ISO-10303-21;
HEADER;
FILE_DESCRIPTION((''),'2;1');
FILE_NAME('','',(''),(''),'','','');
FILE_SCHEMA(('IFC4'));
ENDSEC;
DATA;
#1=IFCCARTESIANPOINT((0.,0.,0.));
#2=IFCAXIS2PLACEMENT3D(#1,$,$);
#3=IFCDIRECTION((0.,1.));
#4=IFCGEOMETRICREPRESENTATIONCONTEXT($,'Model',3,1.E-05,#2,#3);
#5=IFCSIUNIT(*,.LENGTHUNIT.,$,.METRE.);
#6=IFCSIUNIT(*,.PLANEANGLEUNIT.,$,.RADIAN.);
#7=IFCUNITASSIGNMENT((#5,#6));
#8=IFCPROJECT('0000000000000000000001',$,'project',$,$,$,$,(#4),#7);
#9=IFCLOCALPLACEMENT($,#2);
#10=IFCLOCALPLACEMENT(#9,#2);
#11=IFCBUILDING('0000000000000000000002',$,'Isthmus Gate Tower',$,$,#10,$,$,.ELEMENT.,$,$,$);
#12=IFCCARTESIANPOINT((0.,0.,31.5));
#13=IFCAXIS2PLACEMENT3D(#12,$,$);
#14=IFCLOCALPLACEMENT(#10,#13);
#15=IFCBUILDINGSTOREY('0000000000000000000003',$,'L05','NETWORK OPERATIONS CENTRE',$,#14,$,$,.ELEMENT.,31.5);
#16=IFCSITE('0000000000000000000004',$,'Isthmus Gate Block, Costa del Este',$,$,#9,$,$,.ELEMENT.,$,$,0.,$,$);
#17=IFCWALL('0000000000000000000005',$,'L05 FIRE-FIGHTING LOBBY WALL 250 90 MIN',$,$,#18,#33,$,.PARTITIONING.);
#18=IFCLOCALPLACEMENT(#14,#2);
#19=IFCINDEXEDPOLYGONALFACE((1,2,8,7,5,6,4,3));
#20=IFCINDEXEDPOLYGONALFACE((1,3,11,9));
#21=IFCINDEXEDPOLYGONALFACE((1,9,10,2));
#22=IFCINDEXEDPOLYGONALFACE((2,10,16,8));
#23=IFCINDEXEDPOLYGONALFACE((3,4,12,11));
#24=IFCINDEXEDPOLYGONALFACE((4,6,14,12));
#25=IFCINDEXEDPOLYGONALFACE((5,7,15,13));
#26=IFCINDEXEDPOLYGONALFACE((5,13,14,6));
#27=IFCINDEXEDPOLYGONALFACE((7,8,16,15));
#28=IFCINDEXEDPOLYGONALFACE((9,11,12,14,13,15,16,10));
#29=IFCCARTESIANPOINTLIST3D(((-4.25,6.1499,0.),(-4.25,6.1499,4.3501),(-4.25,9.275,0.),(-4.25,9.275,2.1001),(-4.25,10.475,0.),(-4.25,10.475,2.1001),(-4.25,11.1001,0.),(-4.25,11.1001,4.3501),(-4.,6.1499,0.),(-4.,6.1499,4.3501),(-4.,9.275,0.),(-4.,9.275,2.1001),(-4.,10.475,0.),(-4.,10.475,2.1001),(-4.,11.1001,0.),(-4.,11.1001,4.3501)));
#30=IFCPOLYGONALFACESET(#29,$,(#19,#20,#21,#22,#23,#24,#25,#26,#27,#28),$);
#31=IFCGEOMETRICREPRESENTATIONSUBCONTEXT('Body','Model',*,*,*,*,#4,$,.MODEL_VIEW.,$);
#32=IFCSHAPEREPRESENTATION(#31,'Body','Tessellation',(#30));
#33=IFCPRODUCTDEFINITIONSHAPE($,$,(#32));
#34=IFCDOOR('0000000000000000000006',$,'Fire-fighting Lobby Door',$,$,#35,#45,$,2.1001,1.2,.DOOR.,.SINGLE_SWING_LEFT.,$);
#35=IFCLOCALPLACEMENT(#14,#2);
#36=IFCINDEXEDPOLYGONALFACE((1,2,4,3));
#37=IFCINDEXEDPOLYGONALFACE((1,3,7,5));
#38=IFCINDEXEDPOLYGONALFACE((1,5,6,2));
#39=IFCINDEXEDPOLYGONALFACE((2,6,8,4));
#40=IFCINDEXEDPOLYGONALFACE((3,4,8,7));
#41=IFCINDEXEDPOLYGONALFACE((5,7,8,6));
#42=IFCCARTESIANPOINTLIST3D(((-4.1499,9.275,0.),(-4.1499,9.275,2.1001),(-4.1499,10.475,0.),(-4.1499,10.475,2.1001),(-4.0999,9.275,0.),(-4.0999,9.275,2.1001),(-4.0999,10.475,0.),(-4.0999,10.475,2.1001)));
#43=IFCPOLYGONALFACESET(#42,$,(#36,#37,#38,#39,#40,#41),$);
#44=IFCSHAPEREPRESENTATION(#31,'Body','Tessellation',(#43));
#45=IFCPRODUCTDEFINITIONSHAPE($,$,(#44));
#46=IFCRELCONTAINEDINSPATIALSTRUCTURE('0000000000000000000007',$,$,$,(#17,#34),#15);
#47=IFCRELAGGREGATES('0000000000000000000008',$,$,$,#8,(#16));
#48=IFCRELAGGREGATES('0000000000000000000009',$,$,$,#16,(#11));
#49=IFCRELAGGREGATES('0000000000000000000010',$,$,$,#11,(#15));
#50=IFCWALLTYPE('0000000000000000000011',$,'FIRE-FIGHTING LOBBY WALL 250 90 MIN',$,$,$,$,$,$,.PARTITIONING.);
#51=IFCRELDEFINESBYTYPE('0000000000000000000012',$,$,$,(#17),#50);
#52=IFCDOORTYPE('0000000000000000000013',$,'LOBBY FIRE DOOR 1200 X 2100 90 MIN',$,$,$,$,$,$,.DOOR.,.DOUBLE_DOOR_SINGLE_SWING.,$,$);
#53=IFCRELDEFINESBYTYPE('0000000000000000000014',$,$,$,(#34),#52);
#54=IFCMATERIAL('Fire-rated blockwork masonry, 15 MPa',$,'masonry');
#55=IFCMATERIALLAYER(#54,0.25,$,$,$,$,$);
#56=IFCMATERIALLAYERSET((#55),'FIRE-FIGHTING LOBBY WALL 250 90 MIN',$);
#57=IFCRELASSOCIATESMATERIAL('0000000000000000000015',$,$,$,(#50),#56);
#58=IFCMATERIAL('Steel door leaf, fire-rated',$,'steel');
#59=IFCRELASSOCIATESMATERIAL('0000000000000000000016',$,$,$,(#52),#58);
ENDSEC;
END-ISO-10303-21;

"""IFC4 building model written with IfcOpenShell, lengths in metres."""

from ifc_helpers import new_model, si_unit, direction, frame, frame_2d, origin, place, context, subcontext, project, spatial, rectangle, extrude, material, layer, layer_set, type_object, element, fill, save


model = new_model("IFC4")

# Units and contexts
model_context = context("Model", 3, precision=1e-05, world=origin(), true_north=direction((0.0, 1.0)))
body_context = subcontext(model_context, "Body", "Model", "MODEL_VIEW")
ifc_project = project(units=[si_unit("LENGTHUNIT", "METRE"), si_unit("PLANEANGLEUNIT", "RADIAN")], contexts=[model_context])

# Site, building, storey
site_placement = place(None, origin())
site = spatial("IfcSite", under=ifc_project, at=site_placement, Name="Isthmus Gate Block, Costa del Este", CompositionType="ELEMENT", RefElevation=0.0)
building_placement = place(site_placement, origin())
building = spatial("IfcBuilding", under=site, at=building_placement, Name="Isthmus Gate Tower", CompositionType="ELEMENT")
storey_placement = place(building_placement, frame((0.0, 0.0, 31.5)))
storey = spatial("IfcBuildingStorey", under=building, at=storey_placement, Name="L05", Description="NETWORK OPERATIONS CENTRE", CompositionType="ELEMENT", Elevation=31.5)

# Wall, opening, door
ifc_material_1 = material(Name="Fire-rated blockwork masonry, 15 MPa", Category="masonry")
ifc_layer_1 = layer(ifc_material_1, 0.25)
ifc_layer_set_1 = layer_set([ifc_layer_1], Name="FIRE-FIGHTING LOBBY WALL 250 90 MIN")
wall_type_1 = type_object("IfcWallType", Name="FIRE-FIGHTING LOBBY WALL 250 90 MIN", PredefinedType="PARTITIONING", material=ifc_layer_set_1)
wall_1_placement = place(storey_placement, frame((-4.125, 6.1499, 0.0), z_axis=(0.0, 0.0, 1.0), x_axis=(0.0, 1.0, 0.0)))
wall_1 = element("IfcWall", 1, at=wall_1_placement, inside=storey, type_object=wall_type_1, Name="L05 FIRE-FIGHTING LOBBY WALL 250 90 MIN", PredefinedType="PARTITIONING", context=body_context, shape_type="SweptSolid", body=[
    extrude(rectangle(XDim=4.9502, YDim=0.25, at=frame_2d((2.4751, 0.0))), origin(), (0.0, 0.0, 1.0), 4.3501),
])
opening_1_placement = place(wall_1_placement, frame((3.125, 0.0, 0.0)))
opening_1 = element("IfcOpeningElement", 2, at=opening_1_placement, cuts=wall_1, PredefinedType="OPENING", context=body_context, shape_type="SweptSolid", body=[
    extrude(rectangle(XDim=1.2, YDim=2.1001, at=frame_2d((0.6001, 1.05))), frame((0.0, 0.135, 0.0), z_axis=(0.0, -1.0, 0.0), x_axis=(1.0, 0.0, 0.0)), (0.0, 0.0, 1.0), 0.27),
])
ifc_material_2 = material(Name="Steel door leaf, fire-rated", Category="steel")
door_type_1 = type_object("IfcDoorType", Name="LOBBY FIRE DOOR 1200 X 2100 90 MIN", OperationType="DOUBLE_DOOR_SINGLE_SWING", PredefinedType="DOOR", material=ifc_material_2)
door_1_placement = place(opening_1_placement, origin())
door_1 = element("IfcDoor", 3, at=door_1_placement, inside=storey, type_object=door_type_1, Name="Fire-fighting Lobby Door", OperationType="SINGLE_SWING_LEFT", OverallHeight=2.1001, OverallWidth=1.2, PredefinedType="DOOR", context=body_context, shape_type="SweptSolid", body=[
    extrude(rectangle(XDim=1.2, YDim=2.1001, at=frame_2d((0.6001, 1.05))), frame((0.0, 0.0249, 0.0), z_axis=(0.0, -1.0, 0.0), x_axis=(1.0, 0.0, 0.0)), (0.0, 0.0, 1.0), 0.05),
])
fill(opening_1, door_1)

save(model, "model.ifc")
